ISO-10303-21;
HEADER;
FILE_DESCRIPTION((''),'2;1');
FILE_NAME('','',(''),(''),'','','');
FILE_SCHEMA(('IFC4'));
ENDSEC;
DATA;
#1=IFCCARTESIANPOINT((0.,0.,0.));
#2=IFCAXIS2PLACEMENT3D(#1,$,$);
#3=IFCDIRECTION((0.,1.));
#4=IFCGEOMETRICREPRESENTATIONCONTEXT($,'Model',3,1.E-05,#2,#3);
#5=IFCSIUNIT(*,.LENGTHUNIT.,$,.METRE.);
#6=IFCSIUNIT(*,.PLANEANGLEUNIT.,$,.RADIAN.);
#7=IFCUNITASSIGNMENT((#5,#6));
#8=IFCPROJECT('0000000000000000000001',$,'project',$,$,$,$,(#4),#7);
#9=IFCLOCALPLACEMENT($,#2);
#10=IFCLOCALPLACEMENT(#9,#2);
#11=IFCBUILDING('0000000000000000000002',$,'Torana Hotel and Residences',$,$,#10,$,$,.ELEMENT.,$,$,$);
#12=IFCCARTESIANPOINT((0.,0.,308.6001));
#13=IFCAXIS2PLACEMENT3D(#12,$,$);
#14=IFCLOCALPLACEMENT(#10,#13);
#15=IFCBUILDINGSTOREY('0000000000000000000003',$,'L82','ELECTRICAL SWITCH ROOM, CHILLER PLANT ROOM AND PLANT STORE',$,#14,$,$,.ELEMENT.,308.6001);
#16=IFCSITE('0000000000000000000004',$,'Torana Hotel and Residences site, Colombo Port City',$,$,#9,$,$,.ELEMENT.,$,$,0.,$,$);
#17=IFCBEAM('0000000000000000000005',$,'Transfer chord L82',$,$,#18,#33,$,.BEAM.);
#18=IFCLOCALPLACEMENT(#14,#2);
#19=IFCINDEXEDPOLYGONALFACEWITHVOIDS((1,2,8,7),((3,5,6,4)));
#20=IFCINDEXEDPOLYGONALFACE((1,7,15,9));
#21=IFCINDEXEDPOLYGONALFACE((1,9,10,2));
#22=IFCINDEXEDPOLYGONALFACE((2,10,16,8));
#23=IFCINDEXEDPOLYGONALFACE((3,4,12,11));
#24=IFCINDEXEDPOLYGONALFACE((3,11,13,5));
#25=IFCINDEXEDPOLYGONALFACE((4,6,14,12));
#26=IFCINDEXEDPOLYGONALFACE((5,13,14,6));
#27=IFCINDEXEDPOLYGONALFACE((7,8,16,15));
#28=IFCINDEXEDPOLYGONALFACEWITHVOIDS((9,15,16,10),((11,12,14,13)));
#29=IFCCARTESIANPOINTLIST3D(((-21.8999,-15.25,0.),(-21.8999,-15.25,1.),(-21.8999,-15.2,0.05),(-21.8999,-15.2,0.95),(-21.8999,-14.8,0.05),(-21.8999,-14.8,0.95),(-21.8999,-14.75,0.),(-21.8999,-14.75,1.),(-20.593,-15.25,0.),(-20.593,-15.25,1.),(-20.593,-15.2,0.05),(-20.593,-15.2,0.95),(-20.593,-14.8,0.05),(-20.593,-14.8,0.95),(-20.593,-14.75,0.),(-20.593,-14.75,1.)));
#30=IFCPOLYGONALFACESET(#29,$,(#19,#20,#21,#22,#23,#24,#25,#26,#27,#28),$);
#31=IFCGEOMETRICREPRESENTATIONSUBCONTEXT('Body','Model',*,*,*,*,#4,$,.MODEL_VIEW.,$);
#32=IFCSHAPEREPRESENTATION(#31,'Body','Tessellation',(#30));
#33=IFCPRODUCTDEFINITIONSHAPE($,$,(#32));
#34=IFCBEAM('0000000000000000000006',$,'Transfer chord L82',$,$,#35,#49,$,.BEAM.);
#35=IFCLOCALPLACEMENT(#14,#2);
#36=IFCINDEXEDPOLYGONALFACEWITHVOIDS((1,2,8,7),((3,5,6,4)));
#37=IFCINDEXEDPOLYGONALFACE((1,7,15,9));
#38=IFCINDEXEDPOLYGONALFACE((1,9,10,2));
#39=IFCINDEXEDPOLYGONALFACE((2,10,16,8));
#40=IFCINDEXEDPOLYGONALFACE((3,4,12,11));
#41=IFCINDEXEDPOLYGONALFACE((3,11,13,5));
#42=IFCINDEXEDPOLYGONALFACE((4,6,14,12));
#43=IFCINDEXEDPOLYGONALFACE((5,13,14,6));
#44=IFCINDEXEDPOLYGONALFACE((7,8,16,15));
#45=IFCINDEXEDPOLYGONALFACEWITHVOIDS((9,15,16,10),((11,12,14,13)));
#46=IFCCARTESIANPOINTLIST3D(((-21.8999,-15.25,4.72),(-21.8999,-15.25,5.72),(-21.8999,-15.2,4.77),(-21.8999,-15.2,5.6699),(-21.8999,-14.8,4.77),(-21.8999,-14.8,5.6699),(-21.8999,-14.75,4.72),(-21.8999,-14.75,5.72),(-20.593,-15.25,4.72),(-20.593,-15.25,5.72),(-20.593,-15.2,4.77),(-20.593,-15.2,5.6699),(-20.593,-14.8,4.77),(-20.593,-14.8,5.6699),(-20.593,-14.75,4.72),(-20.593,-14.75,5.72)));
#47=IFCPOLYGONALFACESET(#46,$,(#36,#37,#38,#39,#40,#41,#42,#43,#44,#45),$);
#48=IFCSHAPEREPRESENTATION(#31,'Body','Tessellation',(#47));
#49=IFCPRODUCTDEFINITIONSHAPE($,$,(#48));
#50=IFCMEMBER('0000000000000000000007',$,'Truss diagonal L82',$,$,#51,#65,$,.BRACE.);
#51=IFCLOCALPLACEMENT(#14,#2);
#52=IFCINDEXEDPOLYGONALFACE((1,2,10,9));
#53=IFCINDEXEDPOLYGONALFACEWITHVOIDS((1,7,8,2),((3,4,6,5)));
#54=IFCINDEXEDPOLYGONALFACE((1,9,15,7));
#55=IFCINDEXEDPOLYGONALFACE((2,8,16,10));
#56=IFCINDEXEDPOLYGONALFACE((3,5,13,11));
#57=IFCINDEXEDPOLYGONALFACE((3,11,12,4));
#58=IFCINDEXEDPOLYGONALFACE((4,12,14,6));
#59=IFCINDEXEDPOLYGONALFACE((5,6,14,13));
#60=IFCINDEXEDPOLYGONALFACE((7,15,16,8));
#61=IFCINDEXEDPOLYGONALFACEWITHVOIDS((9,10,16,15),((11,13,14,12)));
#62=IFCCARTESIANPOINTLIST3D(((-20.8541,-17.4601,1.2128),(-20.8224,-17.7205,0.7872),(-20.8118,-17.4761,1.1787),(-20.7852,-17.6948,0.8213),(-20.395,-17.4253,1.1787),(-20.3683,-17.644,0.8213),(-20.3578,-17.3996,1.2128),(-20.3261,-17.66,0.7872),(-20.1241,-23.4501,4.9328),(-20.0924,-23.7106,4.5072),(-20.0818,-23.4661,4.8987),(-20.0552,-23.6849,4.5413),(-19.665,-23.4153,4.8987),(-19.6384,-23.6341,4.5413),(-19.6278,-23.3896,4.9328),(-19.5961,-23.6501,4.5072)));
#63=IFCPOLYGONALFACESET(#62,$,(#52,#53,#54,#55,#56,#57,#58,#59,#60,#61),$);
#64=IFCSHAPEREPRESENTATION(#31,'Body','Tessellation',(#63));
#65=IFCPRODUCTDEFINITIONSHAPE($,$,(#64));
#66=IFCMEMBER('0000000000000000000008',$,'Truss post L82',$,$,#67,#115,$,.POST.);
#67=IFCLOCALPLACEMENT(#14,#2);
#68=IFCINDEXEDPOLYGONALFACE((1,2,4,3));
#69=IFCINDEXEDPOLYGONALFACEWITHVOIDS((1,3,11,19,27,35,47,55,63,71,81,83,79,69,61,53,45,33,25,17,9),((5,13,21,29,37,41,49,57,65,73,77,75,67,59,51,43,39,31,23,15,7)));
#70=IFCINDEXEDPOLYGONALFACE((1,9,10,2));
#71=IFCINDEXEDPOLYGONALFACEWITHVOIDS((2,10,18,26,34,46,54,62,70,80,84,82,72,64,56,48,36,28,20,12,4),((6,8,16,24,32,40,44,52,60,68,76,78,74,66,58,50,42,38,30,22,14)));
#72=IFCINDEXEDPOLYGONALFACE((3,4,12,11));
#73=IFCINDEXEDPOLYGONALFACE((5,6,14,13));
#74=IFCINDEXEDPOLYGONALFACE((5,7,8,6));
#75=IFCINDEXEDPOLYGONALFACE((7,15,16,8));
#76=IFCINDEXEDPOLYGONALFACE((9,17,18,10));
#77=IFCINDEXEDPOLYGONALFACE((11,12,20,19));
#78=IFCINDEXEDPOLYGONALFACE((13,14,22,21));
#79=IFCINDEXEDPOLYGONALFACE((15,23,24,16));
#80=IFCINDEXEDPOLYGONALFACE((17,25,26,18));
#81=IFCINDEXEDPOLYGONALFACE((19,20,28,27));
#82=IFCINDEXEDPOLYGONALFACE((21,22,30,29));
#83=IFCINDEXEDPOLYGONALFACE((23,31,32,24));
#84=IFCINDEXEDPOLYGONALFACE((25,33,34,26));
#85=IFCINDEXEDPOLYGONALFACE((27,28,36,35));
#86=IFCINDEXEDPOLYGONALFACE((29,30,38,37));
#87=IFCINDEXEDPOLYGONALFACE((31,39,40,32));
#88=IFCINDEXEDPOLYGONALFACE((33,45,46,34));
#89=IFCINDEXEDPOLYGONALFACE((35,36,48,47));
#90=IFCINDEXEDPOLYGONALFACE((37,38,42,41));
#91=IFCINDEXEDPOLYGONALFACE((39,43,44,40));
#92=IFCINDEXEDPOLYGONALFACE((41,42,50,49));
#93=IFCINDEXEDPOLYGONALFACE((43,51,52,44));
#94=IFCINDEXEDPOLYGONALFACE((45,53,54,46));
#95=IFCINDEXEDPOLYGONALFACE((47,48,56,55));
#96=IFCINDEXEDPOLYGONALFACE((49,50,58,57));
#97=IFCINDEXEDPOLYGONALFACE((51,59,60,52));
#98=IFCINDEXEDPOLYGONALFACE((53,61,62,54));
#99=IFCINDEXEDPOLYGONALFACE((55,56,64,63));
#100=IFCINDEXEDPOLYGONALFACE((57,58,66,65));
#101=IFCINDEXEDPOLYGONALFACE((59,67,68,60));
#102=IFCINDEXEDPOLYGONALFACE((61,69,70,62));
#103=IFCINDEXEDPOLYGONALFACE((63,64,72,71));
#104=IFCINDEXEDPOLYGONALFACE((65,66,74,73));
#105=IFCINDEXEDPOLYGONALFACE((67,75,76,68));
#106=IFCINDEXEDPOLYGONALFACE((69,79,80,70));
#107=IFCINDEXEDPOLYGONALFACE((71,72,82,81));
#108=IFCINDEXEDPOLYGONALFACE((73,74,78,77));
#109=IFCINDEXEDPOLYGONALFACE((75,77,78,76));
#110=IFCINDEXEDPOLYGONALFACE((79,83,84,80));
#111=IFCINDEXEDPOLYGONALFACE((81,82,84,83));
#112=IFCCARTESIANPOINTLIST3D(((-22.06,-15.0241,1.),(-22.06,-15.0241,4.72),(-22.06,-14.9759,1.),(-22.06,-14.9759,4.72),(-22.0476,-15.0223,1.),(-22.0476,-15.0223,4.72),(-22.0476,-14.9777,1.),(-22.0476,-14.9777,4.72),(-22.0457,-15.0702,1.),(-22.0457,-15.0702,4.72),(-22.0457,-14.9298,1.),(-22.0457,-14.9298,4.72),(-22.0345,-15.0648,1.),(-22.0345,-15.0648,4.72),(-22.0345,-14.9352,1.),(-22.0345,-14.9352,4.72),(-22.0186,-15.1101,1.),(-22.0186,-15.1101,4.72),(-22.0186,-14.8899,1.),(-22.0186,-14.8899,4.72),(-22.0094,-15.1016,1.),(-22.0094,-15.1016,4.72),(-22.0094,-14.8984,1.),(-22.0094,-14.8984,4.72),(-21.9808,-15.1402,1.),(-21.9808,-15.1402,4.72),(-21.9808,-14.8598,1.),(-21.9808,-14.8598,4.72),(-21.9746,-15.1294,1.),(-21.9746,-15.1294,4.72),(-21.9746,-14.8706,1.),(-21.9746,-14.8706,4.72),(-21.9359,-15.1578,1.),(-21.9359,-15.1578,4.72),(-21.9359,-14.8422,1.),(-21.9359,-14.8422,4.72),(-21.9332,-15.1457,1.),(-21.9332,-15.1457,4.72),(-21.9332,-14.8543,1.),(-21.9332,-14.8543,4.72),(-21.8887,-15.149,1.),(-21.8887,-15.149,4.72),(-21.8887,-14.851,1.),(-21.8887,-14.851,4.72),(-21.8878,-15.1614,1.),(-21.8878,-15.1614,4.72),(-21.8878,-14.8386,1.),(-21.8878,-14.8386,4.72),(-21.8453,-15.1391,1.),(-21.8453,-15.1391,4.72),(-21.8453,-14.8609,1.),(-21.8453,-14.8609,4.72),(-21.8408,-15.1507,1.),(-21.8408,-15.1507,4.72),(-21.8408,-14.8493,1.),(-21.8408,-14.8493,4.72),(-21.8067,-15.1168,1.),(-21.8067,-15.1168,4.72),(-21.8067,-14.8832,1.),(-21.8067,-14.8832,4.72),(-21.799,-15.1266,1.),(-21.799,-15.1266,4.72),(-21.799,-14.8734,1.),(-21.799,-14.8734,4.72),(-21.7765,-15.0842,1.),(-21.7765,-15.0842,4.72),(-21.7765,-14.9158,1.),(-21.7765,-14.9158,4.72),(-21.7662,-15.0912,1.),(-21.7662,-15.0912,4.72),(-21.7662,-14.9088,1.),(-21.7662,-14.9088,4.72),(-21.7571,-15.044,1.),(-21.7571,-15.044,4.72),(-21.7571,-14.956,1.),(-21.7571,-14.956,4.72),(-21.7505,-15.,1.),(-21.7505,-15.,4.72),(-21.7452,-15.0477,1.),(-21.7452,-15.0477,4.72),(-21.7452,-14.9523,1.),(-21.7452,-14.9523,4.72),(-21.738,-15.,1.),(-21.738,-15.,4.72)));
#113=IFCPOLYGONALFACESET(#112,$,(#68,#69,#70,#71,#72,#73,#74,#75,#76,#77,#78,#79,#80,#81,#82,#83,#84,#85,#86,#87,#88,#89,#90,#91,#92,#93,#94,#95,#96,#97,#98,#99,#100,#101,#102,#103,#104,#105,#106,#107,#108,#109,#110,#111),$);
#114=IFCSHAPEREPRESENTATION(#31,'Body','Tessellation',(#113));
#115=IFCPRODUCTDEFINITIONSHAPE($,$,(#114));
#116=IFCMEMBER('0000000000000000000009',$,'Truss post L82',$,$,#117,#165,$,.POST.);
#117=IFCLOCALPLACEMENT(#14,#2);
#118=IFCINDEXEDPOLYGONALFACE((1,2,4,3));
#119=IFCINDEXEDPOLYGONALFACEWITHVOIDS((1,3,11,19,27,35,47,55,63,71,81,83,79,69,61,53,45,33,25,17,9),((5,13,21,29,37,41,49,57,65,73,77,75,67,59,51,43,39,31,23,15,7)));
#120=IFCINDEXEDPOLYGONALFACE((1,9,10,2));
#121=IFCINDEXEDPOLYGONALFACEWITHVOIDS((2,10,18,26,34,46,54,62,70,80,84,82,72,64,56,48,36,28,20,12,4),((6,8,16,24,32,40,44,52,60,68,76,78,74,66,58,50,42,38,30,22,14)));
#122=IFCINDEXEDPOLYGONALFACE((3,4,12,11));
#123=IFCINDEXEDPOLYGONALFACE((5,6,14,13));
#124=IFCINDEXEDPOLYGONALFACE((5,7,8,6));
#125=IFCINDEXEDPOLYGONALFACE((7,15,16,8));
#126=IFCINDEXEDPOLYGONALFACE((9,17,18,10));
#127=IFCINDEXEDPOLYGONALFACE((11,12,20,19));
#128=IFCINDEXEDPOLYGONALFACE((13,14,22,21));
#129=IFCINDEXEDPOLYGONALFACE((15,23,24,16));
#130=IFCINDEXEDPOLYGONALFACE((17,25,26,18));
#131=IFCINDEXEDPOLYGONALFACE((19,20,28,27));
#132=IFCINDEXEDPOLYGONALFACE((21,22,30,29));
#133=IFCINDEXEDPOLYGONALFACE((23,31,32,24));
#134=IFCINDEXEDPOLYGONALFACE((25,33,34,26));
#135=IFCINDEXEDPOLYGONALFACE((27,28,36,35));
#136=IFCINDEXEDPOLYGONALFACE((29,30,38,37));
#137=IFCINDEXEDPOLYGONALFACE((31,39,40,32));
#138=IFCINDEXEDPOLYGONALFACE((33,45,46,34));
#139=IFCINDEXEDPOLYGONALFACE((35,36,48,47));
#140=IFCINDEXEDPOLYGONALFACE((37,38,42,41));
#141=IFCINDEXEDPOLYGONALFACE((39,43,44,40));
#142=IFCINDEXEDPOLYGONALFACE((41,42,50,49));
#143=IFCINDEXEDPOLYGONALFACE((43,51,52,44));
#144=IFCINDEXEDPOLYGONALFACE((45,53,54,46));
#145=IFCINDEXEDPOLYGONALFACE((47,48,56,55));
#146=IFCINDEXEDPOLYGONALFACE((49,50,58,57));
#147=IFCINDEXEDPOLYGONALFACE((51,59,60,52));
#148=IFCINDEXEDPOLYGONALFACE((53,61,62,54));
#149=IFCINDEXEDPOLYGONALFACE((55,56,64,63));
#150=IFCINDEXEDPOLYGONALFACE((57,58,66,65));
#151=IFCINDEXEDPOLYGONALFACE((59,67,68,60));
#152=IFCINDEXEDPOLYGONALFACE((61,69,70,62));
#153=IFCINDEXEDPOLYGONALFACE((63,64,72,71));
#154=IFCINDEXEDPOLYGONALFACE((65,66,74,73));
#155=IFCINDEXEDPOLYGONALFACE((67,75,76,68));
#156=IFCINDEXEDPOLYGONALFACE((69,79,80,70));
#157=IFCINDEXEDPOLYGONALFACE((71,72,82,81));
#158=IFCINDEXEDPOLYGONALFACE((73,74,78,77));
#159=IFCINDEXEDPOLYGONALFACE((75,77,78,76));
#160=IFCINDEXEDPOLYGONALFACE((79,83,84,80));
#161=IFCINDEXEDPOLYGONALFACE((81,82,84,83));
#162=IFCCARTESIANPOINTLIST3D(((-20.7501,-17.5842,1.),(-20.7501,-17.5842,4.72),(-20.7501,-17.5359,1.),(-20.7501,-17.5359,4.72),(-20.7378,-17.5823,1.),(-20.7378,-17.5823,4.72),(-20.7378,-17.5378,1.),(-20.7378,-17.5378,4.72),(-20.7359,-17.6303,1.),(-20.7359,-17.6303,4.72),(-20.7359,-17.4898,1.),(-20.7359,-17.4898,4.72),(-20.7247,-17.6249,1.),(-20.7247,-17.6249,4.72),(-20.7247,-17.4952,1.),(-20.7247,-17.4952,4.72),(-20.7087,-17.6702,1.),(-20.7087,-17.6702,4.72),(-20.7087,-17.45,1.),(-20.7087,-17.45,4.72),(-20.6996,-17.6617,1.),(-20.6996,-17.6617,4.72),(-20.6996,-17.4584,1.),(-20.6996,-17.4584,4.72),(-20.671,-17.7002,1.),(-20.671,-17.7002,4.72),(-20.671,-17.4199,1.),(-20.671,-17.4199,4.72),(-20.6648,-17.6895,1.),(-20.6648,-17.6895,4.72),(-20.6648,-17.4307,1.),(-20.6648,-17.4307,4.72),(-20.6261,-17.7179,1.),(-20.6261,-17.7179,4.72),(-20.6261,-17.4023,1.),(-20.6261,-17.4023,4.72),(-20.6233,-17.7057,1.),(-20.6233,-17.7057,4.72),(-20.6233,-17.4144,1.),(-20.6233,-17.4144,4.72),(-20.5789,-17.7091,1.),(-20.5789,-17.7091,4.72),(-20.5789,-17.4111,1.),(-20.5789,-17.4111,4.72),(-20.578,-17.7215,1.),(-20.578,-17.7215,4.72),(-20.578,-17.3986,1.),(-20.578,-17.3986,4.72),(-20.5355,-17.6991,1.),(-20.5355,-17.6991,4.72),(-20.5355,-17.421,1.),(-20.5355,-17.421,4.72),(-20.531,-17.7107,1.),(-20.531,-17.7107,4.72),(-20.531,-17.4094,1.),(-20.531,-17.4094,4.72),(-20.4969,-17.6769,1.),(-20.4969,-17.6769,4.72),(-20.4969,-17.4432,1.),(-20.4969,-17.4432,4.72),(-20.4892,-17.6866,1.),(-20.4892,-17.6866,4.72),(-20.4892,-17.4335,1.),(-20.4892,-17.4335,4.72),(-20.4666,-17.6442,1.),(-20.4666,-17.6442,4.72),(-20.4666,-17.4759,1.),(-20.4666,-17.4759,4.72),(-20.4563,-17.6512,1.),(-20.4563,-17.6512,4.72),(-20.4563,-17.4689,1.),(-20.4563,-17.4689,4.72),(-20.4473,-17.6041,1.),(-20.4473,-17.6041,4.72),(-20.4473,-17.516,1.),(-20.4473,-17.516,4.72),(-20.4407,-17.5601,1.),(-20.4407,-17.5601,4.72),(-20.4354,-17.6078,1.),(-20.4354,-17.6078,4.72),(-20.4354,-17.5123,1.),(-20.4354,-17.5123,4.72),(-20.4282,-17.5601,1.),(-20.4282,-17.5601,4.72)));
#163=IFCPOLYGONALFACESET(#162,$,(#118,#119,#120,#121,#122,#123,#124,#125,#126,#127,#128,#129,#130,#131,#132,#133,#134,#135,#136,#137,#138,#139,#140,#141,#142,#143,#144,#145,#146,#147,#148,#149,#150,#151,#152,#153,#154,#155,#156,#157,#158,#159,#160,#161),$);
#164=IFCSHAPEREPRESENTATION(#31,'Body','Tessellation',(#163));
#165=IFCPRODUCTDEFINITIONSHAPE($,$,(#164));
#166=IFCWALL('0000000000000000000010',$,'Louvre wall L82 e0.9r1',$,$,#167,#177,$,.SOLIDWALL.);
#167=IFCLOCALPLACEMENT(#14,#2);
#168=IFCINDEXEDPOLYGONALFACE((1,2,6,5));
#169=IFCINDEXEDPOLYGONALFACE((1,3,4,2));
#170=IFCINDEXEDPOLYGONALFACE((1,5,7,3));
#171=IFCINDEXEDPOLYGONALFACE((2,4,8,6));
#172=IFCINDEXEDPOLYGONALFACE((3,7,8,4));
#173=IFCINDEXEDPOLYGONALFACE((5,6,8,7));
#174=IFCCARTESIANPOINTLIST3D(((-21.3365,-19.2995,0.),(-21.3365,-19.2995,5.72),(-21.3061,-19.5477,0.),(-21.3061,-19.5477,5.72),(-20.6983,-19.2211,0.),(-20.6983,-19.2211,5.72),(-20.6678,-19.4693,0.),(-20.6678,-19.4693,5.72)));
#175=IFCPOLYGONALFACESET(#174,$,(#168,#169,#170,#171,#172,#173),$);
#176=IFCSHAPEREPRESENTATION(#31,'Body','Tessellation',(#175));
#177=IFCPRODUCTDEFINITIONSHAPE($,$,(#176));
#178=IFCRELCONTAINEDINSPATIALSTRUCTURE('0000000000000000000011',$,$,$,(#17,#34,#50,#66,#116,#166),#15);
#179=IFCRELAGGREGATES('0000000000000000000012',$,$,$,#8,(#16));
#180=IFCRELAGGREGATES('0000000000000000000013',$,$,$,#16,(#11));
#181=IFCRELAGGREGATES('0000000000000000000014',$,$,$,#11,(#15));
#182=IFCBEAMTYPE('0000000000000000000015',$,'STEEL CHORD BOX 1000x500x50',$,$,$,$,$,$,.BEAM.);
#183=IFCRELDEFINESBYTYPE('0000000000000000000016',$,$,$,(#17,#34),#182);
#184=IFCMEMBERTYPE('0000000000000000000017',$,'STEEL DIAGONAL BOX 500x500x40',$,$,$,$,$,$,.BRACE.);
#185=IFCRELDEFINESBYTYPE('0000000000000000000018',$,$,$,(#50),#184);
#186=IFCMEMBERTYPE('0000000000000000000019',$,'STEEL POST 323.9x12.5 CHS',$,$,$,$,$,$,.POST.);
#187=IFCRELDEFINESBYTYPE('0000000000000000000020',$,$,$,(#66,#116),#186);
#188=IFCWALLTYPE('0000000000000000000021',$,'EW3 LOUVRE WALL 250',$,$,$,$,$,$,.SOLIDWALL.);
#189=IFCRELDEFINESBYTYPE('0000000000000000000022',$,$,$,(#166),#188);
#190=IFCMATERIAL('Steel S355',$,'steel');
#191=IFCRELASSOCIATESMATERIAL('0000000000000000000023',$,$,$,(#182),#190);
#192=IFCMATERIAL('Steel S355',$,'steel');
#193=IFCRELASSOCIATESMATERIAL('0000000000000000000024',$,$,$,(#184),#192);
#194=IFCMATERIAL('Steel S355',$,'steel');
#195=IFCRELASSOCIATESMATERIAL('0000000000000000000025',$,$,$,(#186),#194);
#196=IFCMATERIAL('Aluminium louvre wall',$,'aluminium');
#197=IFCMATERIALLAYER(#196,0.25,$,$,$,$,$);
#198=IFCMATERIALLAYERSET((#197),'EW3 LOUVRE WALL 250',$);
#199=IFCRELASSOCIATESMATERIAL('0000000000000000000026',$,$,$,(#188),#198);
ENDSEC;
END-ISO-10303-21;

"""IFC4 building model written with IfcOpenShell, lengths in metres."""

from ifc_helpers import new_model, si_unit, direction, frame, frame_2d, origin, origin_2d, place, context, subcontext, project, spatial, rectangle, hollow_rectangle, hollow_circle, extrude, material, layer, layer_set, material_profile, profile_set, type_object, element, save


model = new_model("IFC4")

# Units and contexts
model_context = context("Model", 3, precision=1e-05, world=origin(), true_north=direction((0.0, 1.0)))
body_context = subcontext(model_context, "Body", "Model", "MODEL_VIEW")
ifc_project = project(units=[si_unit("LENGTHUNIT", "METRE"), si_unit("PLANEANGLEUNIT", "RADIAN")], contexts=[model_context])

# Site, building, storey
site_placement = place(None, origin())
site = spatial("IfcSite", under=ifc_project, at=site_placement, Name="Torana Hotel and Residences site, Colombo Port City", CompositionType="ELEMENT", RefElevation=0.0)
building_placement = place(site_placement, origin())
building = spatial("IfcBuilding", under=site, at=building_placement, Name="Torana Hotel and Residences", CompositionType="ELEMENT")
storey_placement = place(building_placement, frame((0.0, 0.0, 308.6001)))
storey = spatial("IfcBuildingStorey", under=building, at=storey_placement, Name="L82", Description="ELECTRICAL SWITCH ROOM, CHILLER PLANT ROOM AND PLANT STORE", CompositionType="ELEMENT", Elevation=308.6001)

# Beams
ifc_material_1 = material(Name="Steel S355", Category="steel")
ifc_material_profile_1 = material_profile(ifc_material_1, hollow_rectangle(XDim=0.5, YDim=1.0, WallThickness=0.05, at=origin_2d()), Name="BOX 1000x500x50")
ifc_profile_set_1 = profile_set([ifc_material_profile_1], Name="Steel S355")
beam_type = type_object("IfcBeamType", Name="STEEL CHORD BOX 1000x500x50", PredefinedType="BEAM", material=ifc_profile_set_1)
for number, where, z_axis, x_axis, name in (
    (1, (-21.8999, -15.0, 0.5), (1.0, 0.0, 0.0), (0.0, 1.0, 0.0), "Transfer chord L82"),
    (2, (-21.8999, -15.0, 5.22), (1.0, 0.0, 0.0), (0.0, 1.0, 0.0), "Transfer chord L82"),
):
    element("IfcBeam", number, at=place(storey_placement, frame(where, z_axis=z_axis, x_axis=x_axis)), inside=storey, type_object=beam_type, Name=name, PredefinedType="BEAM", context=body_context, shape_type="SweptSolid", body=[
        extrude(hollow_rectangle(XDim=0.5, YDim=1.0, WallThickness=0.05, at=origin_2d()), origin(), (0.0, 0.0, 1.0), 1.3069),
    ])

# Members
ifc_material_2 = material(Name="Steel S355", Category="steel")
ifc_material_profile_2 = material_profile(ifc_material_2, hollow_rectangle(XDim=0.5, YDim=0.5, WallThickness=0.04, at=origin_2d()), Name="BOX 500x500x40")
ifc_profile_set_2 = profile_set([ifc_material_profile_2], Name="Steel S355")
member_type_1 = type_object("IfcMemberType", Name="STEEL DIAGONAL BOX 500x500x40", PredefinedType="BRACE", material=ifc_profile_set_2)
member_placement = place(storey_placement, frame((-20.5901, -17.5601, 1.0), z_axis=(0.102977, -0.844994, 0.524768), x_axis=(0.992656, 0.120972, 0.0)))
element("IfcMember", 3, at=member_placement, inside=storey, type_object=member_type_1, Name="Truss diagonal L82", PredefinedType="BRACE", context=body_context, shape_type="SweptSolid", body=[
    extrude(hollow_rectangle(XDim=0.5, YDim=0.5, WallThickness=0.04, at=origin_2d()), origin(), (0.0, 0.0, 1.0), 7.0889),
])
ifc_material_3 = material(Name="Steel S355", Category="steel")
ifc_material_profile_3 = material_profile(ifc_material_3, hollow_circle(Radius=0.1619, WallThickness=0.0125, at=origin_2d()), Name="323.9x12.5 CHS")
ifc_profile_set_3 = profile_set([ifc_material_profile_3], Name="Steel S355")
member_type_2 = type_object("IfcMemberType", Name="STEEL POST 323.9x12.5 CHS", PredefinedType="POST", material=ifc_profile_set_3)
for number, where, z_axis, x_axis, name in (
    (4, (-21.8999, -15.0, 1.0), (0.0, 0.0, 1.0), (1.0, 0.0, 0.0), "Truss post L82"),
    (5, (-20.5901, -17.5601, 1.0), (0.0, 0.0, 1.0), (1.0, 0.0, 0.0), "Truss post L82"),
):
    element("IfcMember", number, at=place(storey_placement, frame(where, z_axis=z_axis, x_axis=x_axis)), inside=storey, type_object=member_type_2, Name=name, PredefinedType="POST", context=body_context, shape_type="SweptSolid", body=[
        extrude(hollow_circle(Radius=0.1619, WallThickness=0.0125, at=origin_2d()), origin(), (0.0, 0.0, 1.0), 3.72),
    ])

# Wall
ifc_material_4 = material(Name="Aluminium louvre wall", Category="aluminium")
ifc_layer_1 = layer(ifc_material_4, 0.25)
ifc_layer_set_1 = layer_set([ifc_layer_1], Name="EW3 LOUVRE WALL 250")
wall_type_1 = type_object("IfcWallType", Name="EW3 LOUVRE WALL 250", PredefinedType="SOLIDWALL", material=ifc_layer_set_1)
wall_1_placement = place(storey_placement, frame((-21.3213, -19.4236, 0.0), z_axis=(0.0, 0.0, 1.0), x_axis=(0.992544, 0.121885, 0.0)))
element("IfcWall", 6, at=wall_1_placement, inside=storey, type_object=wall_type_1, Name="Louvre wall L82 e0.9r1", PredefinedType="SOLIDWALL", context=body_context, shape_type="SweptSolid", body=[
    extrude(rectangle(XDim=0.6431, YDim=0.25, at=frame_2d((0.3215, 0.0))), origin(), (0.0, 0.0, 1.0), 5.72),
])

save(model, "model.ifc")
